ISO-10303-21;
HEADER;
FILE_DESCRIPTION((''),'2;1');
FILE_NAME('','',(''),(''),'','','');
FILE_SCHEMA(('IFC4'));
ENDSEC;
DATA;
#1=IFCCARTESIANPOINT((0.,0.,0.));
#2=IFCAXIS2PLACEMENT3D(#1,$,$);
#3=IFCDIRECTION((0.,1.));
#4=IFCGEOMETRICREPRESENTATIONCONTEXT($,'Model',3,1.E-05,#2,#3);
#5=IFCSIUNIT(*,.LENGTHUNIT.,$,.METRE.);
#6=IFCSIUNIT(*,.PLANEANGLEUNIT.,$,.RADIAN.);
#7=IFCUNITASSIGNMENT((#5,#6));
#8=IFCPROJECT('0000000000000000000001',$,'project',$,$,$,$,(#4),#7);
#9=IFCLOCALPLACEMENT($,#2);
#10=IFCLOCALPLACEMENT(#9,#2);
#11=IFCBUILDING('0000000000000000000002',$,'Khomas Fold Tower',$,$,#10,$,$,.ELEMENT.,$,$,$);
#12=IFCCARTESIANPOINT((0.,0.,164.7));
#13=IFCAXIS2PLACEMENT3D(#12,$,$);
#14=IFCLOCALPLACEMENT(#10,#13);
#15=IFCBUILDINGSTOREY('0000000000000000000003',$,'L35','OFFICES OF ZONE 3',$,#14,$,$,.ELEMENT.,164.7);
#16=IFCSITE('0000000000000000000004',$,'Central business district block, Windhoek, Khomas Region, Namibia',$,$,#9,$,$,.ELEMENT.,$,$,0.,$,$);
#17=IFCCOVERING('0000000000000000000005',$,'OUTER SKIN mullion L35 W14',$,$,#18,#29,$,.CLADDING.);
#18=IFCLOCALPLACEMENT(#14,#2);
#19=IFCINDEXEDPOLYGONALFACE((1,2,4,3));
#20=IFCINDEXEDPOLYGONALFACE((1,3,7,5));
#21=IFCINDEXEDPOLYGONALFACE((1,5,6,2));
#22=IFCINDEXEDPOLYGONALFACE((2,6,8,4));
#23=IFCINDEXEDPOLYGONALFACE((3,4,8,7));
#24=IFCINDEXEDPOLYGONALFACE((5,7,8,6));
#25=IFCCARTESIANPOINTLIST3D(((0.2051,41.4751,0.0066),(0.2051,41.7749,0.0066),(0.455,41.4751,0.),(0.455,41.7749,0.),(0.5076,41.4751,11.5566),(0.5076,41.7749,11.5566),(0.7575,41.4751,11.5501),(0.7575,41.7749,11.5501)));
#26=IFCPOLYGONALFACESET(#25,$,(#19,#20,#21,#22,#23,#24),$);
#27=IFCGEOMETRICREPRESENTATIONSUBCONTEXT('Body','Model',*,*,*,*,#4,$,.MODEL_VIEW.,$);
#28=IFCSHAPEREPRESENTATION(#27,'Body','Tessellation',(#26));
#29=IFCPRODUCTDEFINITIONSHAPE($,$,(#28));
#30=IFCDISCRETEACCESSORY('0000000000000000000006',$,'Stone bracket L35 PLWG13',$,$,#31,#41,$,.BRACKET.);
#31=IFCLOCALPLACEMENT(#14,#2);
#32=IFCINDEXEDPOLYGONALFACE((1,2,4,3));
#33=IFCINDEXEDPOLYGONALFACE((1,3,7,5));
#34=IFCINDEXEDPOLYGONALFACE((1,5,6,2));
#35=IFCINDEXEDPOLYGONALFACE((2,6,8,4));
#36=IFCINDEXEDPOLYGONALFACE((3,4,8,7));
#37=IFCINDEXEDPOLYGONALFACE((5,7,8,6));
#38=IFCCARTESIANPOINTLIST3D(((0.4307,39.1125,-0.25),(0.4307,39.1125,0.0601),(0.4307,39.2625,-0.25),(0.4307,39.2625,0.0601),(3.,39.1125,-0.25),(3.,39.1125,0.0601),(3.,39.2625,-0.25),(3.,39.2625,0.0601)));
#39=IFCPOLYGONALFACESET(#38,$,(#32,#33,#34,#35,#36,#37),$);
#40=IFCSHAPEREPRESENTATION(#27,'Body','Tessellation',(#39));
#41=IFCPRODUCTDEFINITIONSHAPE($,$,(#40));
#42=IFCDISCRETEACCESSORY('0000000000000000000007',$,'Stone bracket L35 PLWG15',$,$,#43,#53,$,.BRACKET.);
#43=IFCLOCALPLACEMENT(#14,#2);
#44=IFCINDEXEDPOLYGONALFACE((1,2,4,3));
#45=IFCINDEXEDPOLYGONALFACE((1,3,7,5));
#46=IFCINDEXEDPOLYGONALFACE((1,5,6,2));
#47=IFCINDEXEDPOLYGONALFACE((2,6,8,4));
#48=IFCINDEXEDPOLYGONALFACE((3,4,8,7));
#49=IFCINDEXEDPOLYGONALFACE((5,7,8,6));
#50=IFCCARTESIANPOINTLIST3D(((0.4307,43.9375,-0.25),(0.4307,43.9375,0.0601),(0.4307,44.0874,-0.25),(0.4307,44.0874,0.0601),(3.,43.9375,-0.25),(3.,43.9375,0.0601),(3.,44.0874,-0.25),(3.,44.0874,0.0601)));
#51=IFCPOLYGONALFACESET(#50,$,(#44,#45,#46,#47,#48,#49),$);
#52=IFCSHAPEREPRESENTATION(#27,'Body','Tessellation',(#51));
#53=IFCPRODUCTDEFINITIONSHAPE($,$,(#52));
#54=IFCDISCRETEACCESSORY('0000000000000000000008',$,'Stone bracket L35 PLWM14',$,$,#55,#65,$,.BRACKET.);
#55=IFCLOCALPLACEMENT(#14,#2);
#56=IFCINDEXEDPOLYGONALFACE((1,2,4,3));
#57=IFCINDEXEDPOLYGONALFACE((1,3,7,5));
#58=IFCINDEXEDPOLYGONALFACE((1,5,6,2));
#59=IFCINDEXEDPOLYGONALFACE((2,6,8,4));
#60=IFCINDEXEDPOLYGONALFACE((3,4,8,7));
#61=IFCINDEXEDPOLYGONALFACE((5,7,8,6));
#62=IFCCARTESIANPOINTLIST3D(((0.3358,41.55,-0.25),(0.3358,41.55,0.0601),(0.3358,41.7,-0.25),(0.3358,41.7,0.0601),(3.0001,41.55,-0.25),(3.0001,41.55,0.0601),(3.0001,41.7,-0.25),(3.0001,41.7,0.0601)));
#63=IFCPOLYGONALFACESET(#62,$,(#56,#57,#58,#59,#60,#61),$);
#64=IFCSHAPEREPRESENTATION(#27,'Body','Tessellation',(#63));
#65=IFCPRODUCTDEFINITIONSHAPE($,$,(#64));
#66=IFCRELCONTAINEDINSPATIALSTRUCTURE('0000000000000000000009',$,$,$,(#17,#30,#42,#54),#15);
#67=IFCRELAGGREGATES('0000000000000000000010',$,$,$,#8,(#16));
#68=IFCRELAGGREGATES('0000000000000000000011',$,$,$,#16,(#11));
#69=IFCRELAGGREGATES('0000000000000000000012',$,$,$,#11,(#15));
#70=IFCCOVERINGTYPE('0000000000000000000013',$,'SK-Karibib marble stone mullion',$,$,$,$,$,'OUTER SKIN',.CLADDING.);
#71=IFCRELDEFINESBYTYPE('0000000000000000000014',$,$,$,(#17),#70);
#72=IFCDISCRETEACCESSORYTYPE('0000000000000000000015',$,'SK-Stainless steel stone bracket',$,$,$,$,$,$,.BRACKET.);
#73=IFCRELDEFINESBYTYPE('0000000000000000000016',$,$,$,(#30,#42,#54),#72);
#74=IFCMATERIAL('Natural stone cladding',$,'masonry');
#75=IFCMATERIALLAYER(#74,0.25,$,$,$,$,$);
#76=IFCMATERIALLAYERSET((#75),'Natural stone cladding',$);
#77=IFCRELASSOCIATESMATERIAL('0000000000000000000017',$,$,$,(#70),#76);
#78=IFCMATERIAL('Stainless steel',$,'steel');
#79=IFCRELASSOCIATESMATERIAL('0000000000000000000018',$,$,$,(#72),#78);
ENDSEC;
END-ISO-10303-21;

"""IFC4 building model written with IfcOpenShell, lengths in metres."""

from ifc_helpers import new_model, si_unit, direction, frame, origin, origin_2d, place, context, subcontext, project, spatial, polyline, rectangle, outline, extrude, source, transform, mapped, material, layer, layer_set, type_object, element, save


model = new_model("IFC4")

# Units and contexts
model_context = context("Model", 3, precision=1e-05, world=origin(), true_north=direction((0.0, 1.0)))
body_context = subcontext(model_context, "Body", "Model", "MODEL_VIEW")
ifc_project = project(units=[si_unit("LENGTHUNIT", "METRE"), si_unit("PLANEANGLEUNIT", "RADIAN")], contexts=[model_context])

# Site, building, storey
site_placement = place(None, origin())
site = spatial("IfcSite", under=ifc_project, at=site_placement, Name="Central business district block, Windhoek, Khomas Region, Namibia", CompositionType="ELEMENT", RefElevation=0.0)
building_placement = place(site_placement, origin())
building = spatial("IfcBuilding", under=site, at=building_placement, Name="Khomas Fold Tower", CompositionType="ELEMENT")
storey_placement = place(building_placement, frame((0.0, 0.0, 164.7)))
storey = spatial("IfcBuildingStorey", under=building, at=storey_placement, Name="L35", Description="OFFICES OF ZONE 3", CompositionType="ELEMENT", Elevation=164.7)

# Covering
ifc_material_1 = material(Name="Natural stone cladding", Category="masonry")
ifc_layer_1 = layer(ifc_material_1, 0.25)
ifc_layer_set_1 = layer_set([ifc_layer_1], Name="Natural stone cladding")
covering_type = type_object("IfcCoveringType", Name="SK-Karibib marble stone mullion", ElementType="OUTER SKIN", PredefinedType="CLADDING", material=ifc_layer_set_1)
covering_placement = place(storey_placement, frame((0.2051, 41.4751, 0.0066), z_axis=(-0.999657, 0.0, 0.026181), x_axis=(0.0, 1.0, 0.0)))
element("IfcCovering", 1, at=covering_placement, inside=storey, type_object=covering_type, Name="OUTER SKIN mullion L35 W14", PredefinedType="CLADDING", context=body_context, shape_type="SweptSolid", body=[
    extrude(outline(polyline([(0.0, 0.0), (0.2998, 0.0), (0.2998, -11.554), (0.0, -11.554), (0.0, 0.0)])), origin(), (0.0, 0.0, -1.0), 0.25),
])

# Discrete accessories
ifc_material_2 = material(Name="Stainless steel", Category="steel")
discrete_accessory_type = type_object("IfcDiscreteAccessoryType", Name="SK-Stainless steel stone bracket", PredefinedType="BRACKET", material=ifc_material_2)
shared_shape_1 = source(origin(), body_context, "Body", "SweptSolid", [
    extrude(rectangle(XDim=2.5693, YDim=0.1499, at=origin_2d()), origin(), (0.0, 0.0, 1.0), 0.3101),
])
for number, where, z_axis, x_axis, name in (
    (2, (1.7153, 39.1875, -0.25), (0.0, 0.0, 1.0), (-1.0, 0.0, 0.0), "Stone bracket L35 PLWG13"),
    (3, (1.7153, 44.0125, -0.25), (0.0, 0.0, 1.0), (-1.0, 0.0, 0.0), "Stone bracket L35 PLWG15"),
):
    element("IfcDiscreteAccessory", number, at=place(storey_placement, frame(where, z_axis=z_axis, x_axis=x_axis)), inside=storey, type_object=discrete_accessory_type, Name=name, PredefinedType="BRACKET", context=body_context, shape_type="MappedRepresentation", body=[
        mapped(shared_shape_1, transform((0.0, 0.0, 0.0))),
    ])
shared_shape_2 = source(origin(), body_context, "Body", "SweptSolid", [
    extrude(rectangle(XDim=2.6643, YDim=0.1499, at=origin_2d()), origin(), (0.0, 0.0, 1.0), 0.3101),
])
discrete_accessory_placement = place(storey_placement, frame((1.668, 41.625, -0.25), z_axis=(0.0, 0.0, 1.0), x_axis=(-1.0, 0.0, 0.0)))
element("IfcDiscreteAccessory", 4, at=discrete_accessory_placement, inside=storey, type_object=discrete_accessory_type, Name="Stone bracket L35 PLWM14", PredefinedType="BRACKET", context=body_context, shape_type="MappedRepresentation", body=[
    mapped(shared_shape_2, transform((0.0, 0.0, 0.0))),
])

save(model, "model.ifc")
